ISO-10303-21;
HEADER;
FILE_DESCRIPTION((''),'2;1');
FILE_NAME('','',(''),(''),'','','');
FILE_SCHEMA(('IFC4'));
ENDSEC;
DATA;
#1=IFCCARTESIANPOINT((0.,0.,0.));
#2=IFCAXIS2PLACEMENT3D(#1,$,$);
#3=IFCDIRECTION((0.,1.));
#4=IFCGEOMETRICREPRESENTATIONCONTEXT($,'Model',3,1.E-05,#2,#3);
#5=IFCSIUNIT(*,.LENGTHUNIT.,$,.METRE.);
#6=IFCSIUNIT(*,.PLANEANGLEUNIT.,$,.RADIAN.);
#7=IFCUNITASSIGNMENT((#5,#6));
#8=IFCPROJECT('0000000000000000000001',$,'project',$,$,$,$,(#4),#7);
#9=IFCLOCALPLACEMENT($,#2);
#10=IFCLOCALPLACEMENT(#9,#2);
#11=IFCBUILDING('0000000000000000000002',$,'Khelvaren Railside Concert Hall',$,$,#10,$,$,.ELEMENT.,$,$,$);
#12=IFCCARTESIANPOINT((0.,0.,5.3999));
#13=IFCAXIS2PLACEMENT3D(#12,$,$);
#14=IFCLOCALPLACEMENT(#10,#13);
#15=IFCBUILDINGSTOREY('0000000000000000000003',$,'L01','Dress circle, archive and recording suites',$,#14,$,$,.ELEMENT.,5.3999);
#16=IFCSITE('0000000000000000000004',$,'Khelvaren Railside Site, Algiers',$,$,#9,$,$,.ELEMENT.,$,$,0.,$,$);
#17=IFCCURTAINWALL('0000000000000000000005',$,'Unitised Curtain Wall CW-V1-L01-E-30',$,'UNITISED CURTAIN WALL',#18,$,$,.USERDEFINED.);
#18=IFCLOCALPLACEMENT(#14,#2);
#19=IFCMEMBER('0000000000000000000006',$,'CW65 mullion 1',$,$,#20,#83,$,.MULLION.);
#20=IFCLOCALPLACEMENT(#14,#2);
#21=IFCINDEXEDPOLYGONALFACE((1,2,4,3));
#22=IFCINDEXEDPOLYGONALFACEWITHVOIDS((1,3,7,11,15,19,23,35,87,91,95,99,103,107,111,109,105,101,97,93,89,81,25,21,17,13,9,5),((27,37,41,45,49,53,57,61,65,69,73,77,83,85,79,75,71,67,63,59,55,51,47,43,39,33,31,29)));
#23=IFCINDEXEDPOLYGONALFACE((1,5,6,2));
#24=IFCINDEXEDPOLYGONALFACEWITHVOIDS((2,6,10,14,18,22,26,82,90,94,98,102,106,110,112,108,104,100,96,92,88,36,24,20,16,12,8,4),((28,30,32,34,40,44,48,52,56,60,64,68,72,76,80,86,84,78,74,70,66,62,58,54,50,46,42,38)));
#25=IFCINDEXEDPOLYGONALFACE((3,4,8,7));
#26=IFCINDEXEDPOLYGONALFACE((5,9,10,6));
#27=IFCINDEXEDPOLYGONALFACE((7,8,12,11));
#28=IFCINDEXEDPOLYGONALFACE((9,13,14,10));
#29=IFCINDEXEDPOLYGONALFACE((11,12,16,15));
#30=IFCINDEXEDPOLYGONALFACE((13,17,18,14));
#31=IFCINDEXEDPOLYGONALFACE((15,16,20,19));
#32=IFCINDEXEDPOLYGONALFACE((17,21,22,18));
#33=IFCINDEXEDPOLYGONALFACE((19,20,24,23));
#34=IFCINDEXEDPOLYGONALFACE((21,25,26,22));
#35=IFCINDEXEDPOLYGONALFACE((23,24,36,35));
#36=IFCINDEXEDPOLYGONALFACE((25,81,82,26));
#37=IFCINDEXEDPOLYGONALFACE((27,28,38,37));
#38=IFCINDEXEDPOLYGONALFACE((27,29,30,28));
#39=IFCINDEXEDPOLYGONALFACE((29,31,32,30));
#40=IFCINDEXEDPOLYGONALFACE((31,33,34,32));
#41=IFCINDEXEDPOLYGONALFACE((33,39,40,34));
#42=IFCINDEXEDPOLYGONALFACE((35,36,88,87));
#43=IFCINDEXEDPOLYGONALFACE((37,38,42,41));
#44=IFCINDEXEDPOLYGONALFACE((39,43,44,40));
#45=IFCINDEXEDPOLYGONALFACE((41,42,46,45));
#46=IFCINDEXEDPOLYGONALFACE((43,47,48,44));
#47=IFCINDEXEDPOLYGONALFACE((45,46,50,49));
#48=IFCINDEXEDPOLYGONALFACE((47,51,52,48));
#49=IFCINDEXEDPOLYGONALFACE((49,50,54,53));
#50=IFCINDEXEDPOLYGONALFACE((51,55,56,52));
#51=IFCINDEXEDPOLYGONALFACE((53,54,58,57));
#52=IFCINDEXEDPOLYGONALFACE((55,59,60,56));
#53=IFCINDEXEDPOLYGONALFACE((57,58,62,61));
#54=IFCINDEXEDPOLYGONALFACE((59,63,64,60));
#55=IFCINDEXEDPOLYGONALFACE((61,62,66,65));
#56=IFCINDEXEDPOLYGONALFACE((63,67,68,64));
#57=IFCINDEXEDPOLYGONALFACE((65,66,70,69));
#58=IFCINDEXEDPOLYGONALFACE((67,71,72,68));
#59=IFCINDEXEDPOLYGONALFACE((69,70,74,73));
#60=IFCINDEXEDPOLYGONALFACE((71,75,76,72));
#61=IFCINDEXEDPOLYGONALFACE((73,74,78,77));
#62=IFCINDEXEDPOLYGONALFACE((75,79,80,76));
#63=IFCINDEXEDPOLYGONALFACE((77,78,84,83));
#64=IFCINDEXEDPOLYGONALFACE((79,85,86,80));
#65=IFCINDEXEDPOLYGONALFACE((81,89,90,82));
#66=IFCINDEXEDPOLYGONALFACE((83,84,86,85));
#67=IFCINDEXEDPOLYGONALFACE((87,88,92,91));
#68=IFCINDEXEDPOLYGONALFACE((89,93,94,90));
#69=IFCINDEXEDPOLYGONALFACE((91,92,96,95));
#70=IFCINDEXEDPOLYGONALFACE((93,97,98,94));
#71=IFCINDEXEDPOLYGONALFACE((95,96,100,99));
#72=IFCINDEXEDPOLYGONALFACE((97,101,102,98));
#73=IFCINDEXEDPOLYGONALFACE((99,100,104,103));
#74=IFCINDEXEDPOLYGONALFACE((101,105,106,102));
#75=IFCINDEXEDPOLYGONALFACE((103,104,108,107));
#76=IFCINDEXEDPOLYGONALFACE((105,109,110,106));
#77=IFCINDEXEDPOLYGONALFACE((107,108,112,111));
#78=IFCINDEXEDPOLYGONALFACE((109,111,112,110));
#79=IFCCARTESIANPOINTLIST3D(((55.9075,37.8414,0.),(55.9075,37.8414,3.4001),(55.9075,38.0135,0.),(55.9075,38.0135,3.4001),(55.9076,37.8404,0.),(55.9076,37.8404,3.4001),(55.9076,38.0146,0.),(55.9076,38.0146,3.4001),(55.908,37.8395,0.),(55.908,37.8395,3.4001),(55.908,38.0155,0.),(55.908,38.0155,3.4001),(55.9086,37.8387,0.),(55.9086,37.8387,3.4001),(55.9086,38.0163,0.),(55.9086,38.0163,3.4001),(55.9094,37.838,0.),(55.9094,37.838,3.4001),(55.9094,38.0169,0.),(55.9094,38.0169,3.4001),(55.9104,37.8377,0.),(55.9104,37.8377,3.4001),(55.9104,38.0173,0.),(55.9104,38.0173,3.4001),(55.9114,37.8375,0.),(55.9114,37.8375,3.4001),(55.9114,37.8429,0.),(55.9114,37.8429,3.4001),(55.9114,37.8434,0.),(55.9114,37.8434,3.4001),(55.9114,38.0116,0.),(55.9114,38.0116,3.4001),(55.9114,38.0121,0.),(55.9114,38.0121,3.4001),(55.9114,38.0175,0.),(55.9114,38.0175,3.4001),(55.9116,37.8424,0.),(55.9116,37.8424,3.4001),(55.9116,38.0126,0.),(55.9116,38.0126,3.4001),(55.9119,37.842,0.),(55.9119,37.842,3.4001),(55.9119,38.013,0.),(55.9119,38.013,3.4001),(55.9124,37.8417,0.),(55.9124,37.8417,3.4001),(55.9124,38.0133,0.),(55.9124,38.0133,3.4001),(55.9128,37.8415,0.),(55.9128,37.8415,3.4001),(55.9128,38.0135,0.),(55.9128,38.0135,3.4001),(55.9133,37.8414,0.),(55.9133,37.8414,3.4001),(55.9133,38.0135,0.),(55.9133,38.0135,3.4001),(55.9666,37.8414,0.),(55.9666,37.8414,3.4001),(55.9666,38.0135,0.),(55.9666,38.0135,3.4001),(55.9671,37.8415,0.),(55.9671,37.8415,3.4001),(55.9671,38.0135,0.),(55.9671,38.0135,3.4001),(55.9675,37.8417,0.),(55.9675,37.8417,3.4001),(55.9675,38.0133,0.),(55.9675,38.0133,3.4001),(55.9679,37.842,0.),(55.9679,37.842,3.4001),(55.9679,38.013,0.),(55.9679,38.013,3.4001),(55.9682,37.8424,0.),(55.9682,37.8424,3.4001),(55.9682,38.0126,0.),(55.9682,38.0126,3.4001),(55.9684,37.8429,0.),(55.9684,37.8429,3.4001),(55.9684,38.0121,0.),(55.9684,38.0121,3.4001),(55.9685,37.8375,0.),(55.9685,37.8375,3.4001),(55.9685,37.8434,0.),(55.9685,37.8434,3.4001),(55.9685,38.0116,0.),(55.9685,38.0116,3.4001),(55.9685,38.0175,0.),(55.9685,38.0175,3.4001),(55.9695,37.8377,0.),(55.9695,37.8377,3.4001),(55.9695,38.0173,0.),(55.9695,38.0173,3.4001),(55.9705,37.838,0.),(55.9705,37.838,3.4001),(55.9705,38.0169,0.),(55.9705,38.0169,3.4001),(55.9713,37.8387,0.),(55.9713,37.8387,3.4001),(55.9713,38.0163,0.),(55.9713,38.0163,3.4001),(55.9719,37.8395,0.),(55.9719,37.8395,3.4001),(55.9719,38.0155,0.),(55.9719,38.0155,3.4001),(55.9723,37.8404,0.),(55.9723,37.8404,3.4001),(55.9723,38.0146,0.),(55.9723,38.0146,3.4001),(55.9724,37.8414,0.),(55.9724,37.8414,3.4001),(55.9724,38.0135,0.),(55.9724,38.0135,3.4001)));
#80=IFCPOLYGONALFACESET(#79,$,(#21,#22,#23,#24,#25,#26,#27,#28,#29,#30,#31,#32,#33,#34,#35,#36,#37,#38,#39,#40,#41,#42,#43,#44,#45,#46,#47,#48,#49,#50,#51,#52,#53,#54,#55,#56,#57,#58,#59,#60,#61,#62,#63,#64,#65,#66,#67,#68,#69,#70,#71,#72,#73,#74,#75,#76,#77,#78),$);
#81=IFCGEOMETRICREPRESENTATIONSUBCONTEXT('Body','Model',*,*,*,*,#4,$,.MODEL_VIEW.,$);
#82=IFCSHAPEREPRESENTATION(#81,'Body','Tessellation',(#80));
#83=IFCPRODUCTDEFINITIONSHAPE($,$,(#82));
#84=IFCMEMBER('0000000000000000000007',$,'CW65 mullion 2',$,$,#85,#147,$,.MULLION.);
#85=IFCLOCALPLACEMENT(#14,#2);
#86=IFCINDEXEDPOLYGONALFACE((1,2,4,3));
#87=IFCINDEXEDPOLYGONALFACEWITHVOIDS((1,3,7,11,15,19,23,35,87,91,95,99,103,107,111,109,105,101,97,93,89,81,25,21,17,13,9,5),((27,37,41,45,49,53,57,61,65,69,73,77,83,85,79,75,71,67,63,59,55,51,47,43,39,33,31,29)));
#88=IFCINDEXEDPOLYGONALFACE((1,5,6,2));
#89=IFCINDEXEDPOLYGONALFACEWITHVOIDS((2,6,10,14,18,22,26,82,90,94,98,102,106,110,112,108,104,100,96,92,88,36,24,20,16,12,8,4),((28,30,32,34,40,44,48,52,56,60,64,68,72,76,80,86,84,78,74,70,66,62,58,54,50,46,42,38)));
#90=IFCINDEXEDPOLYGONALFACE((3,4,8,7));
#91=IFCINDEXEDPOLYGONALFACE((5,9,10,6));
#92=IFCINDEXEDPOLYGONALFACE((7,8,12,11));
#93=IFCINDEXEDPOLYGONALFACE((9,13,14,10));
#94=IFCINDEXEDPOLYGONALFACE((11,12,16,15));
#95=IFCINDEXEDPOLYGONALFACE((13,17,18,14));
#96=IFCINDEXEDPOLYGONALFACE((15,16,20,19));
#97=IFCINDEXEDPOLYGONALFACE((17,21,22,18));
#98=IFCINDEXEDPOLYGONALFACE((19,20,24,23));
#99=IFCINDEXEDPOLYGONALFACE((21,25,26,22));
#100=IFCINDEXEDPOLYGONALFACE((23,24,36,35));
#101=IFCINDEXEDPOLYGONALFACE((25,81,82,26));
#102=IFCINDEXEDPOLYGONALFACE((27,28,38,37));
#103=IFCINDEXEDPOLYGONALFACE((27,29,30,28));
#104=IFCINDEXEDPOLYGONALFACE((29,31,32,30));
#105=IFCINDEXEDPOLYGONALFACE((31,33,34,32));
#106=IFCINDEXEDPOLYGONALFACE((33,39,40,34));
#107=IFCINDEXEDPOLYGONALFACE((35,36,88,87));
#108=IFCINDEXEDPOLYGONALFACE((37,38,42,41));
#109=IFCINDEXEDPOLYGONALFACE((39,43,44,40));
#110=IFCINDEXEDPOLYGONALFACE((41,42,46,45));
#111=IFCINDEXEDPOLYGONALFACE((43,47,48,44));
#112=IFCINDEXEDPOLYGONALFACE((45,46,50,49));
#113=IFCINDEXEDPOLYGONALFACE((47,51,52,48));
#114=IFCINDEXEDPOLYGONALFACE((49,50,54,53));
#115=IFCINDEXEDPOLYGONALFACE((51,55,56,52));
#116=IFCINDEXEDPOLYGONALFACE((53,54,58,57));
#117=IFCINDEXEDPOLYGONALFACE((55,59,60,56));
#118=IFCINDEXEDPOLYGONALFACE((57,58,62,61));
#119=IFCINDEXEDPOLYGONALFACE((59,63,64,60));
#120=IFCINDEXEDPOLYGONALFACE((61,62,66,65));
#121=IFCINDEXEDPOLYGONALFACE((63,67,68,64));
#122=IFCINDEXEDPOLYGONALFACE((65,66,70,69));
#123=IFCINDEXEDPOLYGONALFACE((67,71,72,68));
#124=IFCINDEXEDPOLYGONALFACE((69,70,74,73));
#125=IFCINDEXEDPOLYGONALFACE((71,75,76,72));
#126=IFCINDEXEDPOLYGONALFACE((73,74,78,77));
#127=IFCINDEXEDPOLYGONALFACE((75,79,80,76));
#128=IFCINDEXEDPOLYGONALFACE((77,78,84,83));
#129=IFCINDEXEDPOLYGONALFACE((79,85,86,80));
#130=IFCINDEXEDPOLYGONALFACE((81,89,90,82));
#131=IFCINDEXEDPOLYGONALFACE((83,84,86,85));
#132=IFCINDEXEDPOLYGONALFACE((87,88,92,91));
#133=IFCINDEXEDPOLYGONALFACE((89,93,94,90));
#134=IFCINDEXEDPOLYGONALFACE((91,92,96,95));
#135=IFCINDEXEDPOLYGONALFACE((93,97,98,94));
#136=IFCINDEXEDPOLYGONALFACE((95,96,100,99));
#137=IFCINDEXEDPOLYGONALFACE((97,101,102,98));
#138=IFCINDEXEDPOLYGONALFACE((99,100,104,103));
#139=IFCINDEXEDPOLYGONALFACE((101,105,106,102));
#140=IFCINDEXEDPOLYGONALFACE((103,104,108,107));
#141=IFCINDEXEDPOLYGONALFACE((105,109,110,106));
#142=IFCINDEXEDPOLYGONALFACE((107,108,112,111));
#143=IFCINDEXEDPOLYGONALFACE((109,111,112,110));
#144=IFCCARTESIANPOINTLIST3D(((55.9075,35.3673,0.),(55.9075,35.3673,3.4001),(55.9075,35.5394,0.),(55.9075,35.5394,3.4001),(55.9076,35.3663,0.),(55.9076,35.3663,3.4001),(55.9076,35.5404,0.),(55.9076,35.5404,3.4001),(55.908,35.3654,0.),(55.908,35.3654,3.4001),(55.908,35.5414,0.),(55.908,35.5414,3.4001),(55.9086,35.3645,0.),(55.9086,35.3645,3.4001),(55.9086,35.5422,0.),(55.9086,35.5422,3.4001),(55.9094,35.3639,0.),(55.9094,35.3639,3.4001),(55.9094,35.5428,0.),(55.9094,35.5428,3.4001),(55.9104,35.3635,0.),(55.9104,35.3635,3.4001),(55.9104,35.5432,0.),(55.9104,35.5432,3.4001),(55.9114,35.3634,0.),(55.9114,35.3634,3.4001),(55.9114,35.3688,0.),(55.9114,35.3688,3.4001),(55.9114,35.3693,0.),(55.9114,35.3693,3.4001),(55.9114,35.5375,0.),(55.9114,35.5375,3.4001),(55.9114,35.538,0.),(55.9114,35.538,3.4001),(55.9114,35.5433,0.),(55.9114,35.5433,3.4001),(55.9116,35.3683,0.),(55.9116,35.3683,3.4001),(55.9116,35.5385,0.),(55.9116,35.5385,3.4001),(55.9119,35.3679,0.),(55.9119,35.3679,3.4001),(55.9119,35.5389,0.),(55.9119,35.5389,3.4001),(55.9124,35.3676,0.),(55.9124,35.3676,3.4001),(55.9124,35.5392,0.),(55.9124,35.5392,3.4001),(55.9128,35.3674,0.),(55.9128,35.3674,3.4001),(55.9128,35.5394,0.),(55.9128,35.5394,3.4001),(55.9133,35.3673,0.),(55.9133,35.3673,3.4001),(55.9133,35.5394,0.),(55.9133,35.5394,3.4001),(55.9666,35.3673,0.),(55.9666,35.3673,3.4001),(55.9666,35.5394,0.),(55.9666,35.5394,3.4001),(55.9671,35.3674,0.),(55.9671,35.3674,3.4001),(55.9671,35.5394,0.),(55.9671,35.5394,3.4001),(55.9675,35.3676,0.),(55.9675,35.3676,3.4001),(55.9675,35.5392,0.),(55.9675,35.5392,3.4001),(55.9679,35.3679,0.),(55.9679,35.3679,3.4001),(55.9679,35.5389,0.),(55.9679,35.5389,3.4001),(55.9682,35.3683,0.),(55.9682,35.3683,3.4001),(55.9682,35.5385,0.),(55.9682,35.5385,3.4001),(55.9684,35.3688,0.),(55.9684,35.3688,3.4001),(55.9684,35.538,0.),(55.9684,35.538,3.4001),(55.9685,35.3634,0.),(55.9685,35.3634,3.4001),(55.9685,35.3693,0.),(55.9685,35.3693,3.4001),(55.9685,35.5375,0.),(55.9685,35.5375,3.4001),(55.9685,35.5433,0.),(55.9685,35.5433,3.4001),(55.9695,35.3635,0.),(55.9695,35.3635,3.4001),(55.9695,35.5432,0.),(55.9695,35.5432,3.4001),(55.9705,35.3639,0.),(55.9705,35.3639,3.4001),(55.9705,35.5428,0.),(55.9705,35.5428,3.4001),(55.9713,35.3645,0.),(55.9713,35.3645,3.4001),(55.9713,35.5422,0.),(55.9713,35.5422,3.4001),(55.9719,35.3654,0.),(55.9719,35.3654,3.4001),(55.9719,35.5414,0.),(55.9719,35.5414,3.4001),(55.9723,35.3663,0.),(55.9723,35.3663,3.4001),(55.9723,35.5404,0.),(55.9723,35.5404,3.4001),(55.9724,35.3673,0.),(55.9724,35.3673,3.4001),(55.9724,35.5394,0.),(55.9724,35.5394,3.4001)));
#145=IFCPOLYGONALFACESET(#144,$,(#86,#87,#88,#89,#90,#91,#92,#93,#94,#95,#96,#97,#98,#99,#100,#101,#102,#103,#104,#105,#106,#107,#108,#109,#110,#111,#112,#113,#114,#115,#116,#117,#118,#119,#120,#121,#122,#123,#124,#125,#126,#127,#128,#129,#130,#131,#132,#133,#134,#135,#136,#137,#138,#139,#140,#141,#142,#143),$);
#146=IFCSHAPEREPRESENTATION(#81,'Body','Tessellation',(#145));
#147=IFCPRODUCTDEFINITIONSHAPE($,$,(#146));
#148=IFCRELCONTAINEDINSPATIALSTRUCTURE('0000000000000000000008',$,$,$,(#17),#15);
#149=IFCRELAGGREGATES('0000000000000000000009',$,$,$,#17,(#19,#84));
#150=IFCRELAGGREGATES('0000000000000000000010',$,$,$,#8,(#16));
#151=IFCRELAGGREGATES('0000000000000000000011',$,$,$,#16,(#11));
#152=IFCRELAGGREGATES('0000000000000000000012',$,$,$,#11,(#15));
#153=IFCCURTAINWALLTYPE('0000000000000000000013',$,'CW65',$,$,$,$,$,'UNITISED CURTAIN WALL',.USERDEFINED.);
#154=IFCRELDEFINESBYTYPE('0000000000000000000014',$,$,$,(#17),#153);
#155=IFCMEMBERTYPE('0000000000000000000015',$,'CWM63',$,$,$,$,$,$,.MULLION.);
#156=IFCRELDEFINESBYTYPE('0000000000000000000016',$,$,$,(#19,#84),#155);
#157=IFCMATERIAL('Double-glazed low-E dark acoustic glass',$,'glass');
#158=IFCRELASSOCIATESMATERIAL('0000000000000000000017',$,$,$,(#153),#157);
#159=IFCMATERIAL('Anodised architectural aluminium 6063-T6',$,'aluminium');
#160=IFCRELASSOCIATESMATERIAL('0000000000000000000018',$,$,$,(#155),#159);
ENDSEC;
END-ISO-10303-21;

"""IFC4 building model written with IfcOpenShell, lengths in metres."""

from ifc_helpers import new_model, si_unit, direction, frame, origin, origin_2d, place, context, subcontext, project, spatial, hollow_rectangle, extrude, material, material_profile, profile_set, type_object, element, aggregate, save


model = new_model("IFC4")

# Units and contexts
model_context = context("Model", 3, precision=1e-05, world=origin(), true_north=direction((0.0, 1.0)))
body_context = subcontext(model_context, "Body", "Model", "MODEL_VIEW")
ifc_project = project(units=[si_unit("LENGTHUNIT", "METRE"), si_unit("PLANEANGLEUNIT", "RADIAN")], contexts=[model_context])

# Site, building, storey
site_placement = place(None, origin())
site = spatial("IfcSite", under=ifc_project, at=site_placement, Name="Khelvaren Railside Site, Algiers", CompositionType="ELEMENT", RefElevation=0.0)
building_placement = place(site_placement, origin())
building = spatial("IfcBuilding", under=site, at=building_placement, Name="Khelvaren Railside Concert Hall", CompositionType="ELEMENT")
storey_placement = place(building_placement, frame((0.0, 0.0, 5.3999)))
storey = spatial("IfcBuildingStorey", under=building, at=storey_placement, Name="L01", Description="Dress circle, archive and recording suites", CompositionType="ELEMENT", Elevation=5.3999)

# Curtain wall, members
ifc_material_1 = material(Name="Double-glazed low-E dark acoustic glass", Category="glass")
curtain_wall_type_1 = type_object("IfcCurtainWallType", Name="CW65", ElementType="UNITISED CURTAIN WALL", PredefinedType="USERDEFINED", material=ifc_material_1)
curtain_wall_1_placement = place(storey_placement, origin())
curtain_wall_1 = element("IfcCurtainWall", 1, at=curtain_wall_1_placement, inside=storey, type_object=curtain_wall_type_1, Name="Unitised Curtain Wall CW-V1-L01-E-30", ObjectType="UNITISED CURTAIN WALL", PredefinedType="USERDEFINED")
ifc_material_2 = material(Name="Anodised architectural aluminium 6063-T6", Category="aluminium")
ifc_material_profile_1 = material_profile(ifc_material_2, hollow_rectangle(XDim=0.0649, YDim=0.1799, WallThickness=0.0039, InnerFilletRadius=0.002, OuterFilletRadius=0.0039, at=origin_2d()), Name="CWM 65x180x4")
ifc_profile_set_1 = profile_set([ifc_material_profile_1], Name="Anodised architectural aluminium 6063-T6")
member_type_1 = type_object("IfcMemberType", Name="CWM63", PredefinedType="MULLION", material=ifc_profile_set_1)
member_1_placement = place(storey_placement, frame((55.9399, 37.9275, 0.0), z_axis=(0.0, 0.0, 1.0), x_axis=(1.0, 0.0, 0.0)))
member_1 = element("IfcMember", 2, at=member_1_placement, type_object=member_type_1, Name="CW65 mullion 1", PredefinedType="MULLION", context=body_context, shape_type="SweptSolid", body=[
    extrude(hollow_rectangle(XDim=0.0649, YDim=0.1799, WallThickness=0.0039, InnerFilletRadius=0.002, OuterFilletRadius=0.0039, at=origin_2d()), origin(), (0.0, 0.0, 1.0), 3.4001),
])
member_2_placement = place(storey_placement, frame((55.9399, 35.4534, 0.0), z_axis=(0.0, 0.0, 1.0), x_axis=(1.0, 0.0, 0.0)))
member_2 = element("IfcMember", 3, at=member_2_placement, type_object=member_type_1, Name="CW65 mullion 2", PredefinedType="MULLION", context=body_context, shape_type="SweptSolid", body=[
    extrude(hollow_rectangle(XDim=0.0649, YDim=0.1799, WallThickness=0.0039, InnerFilletRadius=0.002, OuterFilletRadius=0.0039, at=origin_2d()), origin(), (0.0, 0.0, 1.0), 3.4001),
])

aggregate(curtain_wall_1, [member_1, member_2])

save(model, "model.ifc")
